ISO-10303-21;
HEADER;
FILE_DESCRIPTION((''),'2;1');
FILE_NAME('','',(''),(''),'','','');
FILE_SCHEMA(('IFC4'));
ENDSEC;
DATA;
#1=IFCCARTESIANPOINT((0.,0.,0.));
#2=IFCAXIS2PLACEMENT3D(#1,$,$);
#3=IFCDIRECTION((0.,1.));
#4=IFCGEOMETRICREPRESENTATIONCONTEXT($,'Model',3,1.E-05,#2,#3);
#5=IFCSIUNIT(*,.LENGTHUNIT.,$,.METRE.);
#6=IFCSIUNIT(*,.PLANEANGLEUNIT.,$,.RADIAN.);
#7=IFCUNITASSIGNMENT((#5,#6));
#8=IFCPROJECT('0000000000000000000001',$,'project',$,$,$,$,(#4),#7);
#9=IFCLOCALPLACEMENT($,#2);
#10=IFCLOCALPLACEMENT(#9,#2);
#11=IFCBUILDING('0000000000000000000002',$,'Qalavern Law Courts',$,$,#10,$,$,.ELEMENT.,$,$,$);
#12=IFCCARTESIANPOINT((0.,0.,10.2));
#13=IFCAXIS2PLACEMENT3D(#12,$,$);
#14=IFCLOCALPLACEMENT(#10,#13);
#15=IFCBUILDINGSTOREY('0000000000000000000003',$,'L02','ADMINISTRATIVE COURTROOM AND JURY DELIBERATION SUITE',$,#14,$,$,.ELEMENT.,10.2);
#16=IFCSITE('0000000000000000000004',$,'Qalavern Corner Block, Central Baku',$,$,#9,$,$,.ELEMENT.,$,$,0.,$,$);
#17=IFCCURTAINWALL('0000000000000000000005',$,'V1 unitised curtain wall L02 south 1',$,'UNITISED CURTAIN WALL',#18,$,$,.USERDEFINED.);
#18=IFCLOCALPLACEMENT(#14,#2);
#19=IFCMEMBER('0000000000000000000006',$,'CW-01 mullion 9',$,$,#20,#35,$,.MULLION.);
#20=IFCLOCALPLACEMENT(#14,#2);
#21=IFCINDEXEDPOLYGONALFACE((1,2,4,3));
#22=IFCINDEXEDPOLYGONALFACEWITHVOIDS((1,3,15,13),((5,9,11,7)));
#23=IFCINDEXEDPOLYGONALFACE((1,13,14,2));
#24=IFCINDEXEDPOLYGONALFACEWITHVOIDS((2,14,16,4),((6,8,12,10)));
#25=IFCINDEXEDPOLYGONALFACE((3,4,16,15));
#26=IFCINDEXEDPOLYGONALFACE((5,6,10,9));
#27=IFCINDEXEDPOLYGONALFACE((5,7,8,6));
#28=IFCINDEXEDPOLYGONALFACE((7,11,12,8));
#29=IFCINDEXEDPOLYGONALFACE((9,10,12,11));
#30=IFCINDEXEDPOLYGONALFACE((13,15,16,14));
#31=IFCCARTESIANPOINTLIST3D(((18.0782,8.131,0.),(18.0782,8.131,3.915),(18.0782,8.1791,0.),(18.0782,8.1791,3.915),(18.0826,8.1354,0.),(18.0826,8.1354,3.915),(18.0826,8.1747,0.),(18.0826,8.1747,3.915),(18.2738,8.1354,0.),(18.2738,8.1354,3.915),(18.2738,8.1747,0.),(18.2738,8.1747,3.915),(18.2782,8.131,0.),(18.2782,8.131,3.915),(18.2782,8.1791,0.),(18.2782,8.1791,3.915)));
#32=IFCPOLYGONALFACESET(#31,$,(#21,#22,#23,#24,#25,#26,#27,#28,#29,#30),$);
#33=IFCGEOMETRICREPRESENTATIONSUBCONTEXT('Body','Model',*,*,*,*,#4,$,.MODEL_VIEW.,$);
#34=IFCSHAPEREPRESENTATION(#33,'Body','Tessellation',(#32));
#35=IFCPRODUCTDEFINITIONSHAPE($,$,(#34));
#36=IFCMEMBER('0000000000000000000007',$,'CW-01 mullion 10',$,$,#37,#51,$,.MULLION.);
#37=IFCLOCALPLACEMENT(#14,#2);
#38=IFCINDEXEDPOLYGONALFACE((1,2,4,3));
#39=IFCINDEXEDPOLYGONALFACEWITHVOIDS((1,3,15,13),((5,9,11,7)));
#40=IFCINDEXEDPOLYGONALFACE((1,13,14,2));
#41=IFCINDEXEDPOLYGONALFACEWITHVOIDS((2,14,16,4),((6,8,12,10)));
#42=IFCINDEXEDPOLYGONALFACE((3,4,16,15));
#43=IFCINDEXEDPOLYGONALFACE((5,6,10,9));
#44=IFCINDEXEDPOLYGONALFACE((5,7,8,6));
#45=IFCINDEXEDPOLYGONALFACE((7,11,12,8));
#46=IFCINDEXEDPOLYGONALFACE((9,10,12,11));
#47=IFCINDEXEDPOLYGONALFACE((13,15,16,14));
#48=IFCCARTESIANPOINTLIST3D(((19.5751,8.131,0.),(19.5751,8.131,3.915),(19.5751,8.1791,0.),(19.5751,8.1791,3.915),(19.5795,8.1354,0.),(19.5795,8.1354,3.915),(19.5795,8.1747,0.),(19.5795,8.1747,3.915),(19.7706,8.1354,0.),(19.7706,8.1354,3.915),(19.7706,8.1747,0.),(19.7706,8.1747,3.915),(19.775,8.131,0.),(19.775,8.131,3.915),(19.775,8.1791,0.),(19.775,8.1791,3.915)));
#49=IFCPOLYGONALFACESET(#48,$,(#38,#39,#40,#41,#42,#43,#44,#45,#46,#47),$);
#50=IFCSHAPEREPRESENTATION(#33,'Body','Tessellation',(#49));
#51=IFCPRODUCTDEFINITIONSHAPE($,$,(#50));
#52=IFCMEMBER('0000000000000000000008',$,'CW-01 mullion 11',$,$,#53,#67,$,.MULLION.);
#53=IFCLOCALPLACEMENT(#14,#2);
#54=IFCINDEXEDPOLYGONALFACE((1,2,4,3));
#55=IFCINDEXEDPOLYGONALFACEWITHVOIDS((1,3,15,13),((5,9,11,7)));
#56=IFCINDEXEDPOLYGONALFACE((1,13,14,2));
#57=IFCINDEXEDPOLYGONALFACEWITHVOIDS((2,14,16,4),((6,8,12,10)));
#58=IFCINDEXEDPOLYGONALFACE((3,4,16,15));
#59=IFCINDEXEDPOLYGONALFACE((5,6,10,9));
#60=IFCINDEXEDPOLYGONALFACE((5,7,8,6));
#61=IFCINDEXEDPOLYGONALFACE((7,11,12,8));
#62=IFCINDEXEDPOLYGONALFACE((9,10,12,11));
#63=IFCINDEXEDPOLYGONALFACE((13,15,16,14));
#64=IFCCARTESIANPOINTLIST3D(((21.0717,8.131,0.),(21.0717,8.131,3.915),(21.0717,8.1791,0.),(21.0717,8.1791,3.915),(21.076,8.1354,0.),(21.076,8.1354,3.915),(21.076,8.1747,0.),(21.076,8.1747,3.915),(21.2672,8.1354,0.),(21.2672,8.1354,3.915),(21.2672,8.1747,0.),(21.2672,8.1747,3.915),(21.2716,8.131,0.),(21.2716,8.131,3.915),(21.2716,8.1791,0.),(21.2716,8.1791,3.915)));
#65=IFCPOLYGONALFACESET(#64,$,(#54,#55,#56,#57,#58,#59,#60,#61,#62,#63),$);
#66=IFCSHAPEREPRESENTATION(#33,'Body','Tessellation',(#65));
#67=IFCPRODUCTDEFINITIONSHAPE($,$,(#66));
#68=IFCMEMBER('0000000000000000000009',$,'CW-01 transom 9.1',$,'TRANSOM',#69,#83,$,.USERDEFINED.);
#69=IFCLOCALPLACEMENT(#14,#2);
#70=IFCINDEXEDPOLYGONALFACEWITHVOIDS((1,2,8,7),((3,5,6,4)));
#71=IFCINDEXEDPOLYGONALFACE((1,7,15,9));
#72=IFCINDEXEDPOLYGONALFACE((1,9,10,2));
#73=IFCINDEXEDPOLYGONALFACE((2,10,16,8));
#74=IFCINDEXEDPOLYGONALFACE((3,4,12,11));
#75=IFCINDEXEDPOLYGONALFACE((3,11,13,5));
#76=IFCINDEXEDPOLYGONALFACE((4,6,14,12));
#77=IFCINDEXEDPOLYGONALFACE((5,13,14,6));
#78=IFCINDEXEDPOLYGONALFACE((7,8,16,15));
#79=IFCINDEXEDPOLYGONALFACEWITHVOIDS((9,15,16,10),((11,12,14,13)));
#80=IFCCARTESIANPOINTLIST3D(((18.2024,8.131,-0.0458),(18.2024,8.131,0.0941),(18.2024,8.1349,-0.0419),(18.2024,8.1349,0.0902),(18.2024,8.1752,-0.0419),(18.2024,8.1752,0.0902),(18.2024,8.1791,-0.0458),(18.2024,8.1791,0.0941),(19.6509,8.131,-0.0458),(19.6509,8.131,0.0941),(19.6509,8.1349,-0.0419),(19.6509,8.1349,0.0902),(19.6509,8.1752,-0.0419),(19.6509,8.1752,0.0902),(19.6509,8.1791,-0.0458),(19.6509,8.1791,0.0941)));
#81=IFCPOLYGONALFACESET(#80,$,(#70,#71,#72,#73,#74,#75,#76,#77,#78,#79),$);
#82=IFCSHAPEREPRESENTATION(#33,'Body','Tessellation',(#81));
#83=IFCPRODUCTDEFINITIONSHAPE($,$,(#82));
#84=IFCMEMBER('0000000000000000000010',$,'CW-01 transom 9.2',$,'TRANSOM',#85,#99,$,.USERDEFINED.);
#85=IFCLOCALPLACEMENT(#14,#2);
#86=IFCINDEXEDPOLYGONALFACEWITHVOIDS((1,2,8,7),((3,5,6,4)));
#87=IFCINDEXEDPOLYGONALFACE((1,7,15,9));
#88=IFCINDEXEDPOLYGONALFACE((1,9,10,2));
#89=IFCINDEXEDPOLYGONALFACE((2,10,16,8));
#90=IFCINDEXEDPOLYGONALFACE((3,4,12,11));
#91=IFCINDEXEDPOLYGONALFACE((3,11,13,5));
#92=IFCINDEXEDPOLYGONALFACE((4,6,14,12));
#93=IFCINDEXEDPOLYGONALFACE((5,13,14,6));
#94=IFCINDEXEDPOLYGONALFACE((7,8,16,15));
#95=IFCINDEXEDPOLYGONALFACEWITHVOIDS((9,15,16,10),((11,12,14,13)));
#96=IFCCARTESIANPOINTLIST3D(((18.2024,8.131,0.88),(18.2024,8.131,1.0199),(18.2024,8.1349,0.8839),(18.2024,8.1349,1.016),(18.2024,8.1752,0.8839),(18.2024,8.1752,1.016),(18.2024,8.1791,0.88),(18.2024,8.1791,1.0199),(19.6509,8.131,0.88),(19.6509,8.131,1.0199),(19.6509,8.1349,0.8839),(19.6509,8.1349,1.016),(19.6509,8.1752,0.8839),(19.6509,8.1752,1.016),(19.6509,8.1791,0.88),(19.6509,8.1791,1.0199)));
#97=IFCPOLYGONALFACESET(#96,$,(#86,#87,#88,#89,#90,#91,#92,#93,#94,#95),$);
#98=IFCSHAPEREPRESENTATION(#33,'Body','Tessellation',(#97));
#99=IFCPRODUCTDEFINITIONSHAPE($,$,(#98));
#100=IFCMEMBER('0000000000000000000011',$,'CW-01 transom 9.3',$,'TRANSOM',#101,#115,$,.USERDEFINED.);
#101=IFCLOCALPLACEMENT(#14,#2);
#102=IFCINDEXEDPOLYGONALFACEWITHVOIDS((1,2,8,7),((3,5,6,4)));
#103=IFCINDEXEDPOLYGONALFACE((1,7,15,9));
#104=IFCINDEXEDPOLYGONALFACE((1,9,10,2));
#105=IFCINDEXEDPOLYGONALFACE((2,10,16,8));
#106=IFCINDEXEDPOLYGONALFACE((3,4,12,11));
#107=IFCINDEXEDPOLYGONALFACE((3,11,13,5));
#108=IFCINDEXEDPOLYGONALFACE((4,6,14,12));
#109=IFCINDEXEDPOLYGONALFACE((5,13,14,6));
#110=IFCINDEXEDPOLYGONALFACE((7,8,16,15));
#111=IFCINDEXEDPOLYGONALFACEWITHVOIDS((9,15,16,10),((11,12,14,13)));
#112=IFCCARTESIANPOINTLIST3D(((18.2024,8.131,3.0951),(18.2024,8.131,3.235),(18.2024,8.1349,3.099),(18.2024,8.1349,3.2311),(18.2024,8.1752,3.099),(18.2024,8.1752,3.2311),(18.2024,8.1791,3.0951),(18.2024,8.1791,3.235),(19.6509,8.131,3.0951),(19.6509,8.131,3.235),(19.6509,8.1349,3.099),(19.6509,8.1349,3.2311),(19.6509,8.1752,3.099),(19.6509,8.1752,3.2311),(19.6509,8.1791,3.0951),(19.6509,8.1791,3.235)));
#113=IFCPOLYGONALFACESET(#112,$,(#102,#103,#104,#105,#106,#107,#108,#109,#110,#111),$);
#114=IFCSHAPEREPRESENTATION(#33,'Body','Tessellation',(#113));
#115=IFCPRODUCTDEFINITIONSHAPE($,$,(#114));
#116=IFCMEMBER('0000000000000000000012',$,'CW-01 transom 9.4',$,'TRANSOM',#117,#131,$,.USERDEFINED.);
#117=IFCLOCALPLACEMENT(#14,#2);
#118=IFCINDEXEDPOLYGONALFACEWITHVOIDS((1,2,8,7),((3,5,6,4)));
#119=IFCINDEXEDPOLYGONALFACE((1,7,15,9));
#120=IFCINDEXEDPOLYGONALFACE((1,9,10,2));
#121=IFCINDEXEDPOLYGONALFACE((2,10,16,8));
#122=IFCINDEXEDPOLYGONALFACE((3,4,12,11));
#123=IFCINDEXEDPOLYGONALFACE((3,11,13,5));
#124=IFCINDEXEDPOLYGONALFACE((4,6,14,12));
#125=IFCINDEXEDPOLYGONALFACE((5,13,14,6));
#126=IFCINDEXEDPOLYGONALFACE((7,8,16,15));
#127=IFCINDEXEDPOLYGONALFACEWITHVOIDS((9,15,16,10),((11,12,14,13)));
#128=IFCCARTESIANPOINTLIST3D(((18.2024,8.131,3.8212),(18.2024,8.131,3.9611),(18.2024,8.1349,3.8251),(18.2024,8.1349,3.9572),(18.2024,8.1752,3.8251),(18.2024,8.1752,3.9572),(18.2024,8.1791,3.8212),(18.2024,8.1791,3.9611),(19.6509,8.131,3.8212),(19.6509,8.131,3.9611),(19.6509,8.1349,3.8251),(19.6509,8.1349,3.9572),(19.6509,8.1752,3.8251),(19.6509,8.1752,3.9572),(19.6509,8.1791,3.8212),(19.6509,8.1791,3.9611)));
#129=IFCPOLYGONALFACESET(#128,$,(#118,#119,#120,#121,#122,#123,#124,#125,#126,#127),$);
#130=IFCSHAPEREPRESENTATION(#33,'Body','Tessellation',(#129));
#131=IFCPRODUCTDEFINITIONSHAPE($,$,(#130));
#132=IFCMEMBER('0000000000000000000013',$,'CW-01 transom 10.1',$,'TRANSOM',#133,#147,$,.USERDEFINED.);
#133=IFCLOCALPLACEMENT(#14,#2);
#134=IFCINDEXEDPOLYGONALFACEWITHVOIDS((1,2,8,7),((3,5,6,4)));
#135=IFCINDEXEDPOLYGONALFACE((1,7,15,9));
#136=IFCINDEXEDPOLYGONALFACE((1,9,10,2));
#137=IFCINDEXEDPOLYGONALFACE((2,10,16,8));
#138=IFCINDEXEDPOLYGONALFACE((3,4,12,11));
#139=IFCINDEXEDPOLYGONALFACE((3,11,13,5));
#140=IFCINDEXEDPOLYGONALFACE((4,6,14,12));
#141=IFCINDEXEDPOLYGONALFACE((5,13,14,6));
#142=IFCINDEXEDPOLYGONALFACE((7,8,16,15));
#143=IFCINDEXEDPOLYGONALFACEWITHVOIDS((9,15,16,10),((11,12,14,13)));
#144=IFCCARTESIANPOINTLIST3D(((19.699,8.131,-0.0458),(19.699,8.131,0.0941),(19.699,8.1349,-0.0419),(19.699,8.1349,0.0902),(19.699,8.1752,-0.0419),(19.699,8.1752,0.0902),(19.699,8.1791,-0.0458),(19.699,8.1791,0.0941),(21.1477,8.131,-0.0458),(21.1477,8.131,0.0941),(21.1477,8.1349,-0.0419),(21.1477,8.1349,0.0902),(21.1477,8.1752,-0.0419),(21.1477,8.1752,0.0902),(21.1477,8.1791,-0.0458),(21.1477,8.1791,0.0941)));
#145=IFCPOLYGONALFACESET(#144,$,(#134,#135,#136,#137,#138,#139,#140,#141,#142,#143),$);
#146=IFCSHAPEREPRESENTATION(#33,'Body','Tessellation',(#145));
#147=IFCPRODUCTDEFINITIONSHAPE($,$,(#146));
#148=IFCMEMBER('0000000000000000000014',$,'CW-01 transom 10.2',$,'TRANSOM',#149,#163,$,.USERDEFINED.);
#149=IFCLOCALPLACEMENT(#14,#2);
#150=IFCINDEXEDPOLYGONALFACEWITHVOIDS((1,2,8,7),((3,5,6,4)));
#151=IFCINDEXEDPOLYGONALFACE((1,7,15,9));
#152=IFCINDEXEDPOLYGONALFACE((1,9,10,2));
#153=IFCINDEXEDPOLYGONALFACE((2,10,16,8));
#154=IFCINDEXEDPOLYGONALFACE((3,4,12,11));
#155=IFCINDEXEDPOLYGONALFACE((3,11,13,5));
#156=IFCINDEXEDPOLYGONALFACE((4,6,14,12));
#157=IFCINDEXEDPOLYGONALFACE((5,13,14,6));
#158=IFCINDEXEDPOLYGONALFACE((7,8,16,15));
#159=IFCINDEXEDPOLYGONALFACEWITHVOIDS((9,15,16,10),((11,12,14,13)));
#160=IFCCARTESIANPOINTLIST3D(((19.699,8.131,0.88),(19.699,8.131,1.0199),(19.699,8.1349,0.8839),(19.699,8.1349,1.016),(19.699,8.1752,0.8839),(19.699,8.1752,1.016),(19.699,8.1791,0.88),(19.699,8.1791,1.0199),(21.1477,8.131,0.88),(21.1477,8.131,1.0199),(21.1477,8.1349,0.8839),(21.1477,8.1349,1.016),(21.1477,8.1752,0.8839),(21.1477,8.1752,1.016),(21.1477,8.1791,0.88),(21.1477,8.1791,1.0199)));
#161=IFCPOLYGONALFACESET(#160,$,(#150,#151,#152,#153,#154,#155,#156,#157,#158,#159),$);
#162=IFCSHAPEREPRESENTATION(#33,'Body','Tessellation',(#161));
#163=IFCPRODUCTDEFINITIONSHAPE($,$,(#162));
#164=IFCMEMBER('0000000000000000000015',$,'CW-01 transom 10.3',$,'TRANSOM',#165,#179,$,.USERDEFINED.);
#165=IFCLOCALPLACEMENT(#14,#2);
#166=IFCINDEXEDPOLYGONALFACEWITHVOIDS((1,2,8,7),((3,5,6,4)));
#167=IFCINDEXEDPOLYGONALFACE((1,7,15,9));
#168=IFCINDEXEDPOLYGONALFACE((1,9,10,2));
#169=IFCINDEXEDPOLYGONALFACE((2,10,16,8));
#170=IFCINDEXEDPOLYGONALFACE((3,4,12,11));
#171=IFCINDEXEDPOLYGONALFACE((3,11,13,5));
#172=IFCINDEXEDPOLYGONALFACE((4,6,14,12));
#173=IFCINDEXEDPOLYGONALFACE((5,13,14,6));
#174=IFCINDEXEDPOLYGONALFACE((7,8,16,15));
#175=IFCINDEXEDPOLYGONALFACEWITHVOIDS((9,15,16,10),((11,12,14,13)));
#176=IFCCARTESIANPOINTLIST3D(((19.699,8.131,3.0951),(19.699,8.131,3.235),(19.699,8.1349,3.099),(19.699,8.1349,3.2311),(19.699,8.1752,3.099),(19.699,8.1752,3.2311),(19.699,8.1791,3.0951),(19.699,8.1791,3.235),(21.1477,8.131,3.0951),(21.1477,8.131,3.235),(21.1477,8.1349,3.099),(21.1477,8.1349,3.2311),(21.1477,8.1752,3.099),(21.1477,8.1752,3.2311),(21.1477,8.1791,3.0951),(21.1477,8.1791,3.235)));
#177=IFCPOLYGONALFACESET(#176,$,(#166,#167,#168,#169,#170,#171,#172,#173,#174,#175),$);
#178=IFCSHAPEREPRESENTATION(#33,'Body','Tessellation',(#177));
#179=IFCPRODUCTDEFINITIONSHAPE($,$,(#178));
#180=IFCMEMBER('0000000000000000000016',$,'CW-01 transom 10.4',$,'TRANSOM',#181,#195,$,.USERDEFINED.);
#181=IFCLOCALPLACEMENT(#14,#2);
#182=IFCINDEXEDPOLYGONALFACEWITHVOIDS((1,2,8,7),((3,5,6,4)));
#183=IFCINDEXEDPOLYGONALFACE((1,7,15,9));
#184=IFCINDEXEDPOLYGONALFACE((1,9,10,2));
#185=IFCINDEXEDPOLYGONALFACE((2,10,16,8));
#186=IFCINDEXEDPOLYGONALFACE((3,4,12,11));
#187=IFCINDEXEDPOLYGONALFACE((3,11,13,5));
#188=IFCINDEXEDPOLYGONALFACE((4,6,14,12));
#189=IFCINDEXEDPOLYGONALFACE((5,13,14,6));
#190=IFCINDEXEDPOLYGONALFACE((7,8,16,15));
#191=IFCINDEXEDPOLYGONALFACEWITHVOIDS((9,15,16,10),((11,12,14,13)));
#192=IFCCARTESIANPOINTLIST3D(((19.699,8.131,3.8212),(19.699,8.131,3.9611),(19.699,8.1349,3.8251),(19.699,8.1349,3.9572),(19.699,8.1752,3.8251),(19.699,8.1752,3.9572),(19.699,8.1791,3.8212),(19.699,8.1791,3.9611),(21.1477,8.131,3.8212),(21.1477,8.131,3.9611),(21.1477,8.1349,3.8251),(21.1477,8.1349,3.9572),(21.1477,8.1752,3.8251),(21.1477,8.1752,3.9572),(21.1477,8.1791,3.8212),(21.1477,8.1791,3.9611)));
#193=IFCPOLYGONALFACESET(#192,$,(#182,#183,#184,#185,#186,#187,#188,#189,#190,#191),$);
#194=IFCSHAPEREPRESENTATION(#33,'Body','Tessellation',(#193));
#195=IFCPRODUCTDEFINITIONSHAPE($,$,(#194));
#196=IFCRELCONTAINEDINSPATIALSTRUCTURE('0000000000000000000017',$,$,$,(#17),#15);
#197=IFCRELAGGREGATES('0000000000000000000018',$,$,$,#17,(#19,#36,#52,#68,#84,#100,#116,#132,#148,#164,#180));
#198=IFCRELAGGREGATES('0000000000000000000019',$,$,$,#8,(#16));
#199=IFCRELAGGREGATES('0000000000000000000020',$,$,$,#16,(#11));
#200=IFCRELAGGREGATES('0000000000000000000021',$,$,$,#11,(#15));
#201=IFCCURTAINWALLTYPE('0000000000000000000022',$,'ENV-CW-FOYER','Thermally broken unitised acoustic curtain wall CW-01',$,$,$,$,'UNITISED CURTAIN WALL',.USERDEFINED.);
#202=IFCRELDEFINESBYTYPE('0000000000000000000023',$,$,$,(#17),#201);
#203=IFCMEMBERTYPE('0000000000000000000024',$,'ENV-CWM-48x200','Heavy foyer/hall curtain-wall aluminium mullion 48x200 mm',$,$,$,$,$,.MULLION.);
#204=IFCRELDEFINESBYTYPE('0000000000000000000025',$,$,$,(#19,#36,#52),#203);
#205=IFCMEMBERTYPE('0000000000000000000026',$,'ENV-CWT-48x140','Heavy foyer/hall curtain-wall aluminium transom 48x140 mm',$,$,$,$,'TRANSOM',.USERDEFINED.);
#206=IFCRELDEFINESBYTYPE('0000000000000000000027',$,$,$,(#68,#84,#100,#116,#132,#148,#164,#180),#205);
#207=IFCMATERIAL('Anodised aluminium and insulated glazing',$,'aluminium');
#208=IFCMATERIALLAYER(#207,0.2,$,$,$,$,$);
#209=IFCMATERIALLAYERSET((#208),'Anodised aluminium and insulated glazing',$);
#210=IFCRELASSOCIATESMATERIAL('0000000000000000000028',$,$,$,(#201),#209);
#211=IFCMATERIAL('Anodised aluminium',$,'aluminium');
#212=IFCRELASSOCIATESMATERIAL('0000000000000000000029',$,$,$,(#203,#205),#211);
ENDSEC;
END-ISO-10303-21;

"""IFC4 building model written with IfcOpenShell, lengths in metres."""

from ifc_helpers import new_model, si_unit, direction, frame, origin, origin_2d, place, context, subcontext, project, spatial, hollow_rectangle, extrude, material, layer, layer_set, material_profile, profile_set, type_object, element, aggregate, save


model = new_model("IFC4")

# Units and contexts
model_context = context("Model", 3, precision=1e-05, world=origin(), true_north=direction((0.0, 1.0)))
body_context = subcontext(model_context, "Body", "Model", "MODEL_VIEW")
ifc_project = project(units=[si_unit("LENGTHUNIT", "METRE"), si_unit("PLANEANGLEUNIT", "RADIAN")], contexts=[model_context])

# Site, building, storey
site_placement = place(None, origin())
site = spatial("IfcSite", under=ifc_project, at=site_placement, Name="Qalavern Corner Block, Central Baku", CompositionType="ELEMENT", RefElevation=0.0)
building_placement = place(site_placement, origin())
building = spatial("IfcBuilding", under=site, at=building_placement, Name="Qalavern Law Courts", CompositionType="ELEMENT")
storey_placement = place(building_placement, frame((0.0, 0.0, 10.2)))
storey = spatial("IfcBuildingStorey", under=building, at=storey_placement, Name="L02", Description="ADMINISTRATIVE COURTROOM AND JURY DELIBERATION SUITE", CompositionType="ELEMENT", Elevation=10.2)

# Curtain wall, members
ifc_material_1 = material(Name="Anodised aluminium and insulated glazing", Category="aluminium")
ifc_layer_1 = layer(ifc_material_1, 0.2)
ifc_layer_set_1 = layer_set([ifc_layer_1], Name="Anodised aluminium and insulated glazing")
curtain_wall_type = type_object("IfcCurtainWallType", Name="ENV-CW-FOYER", Description="Thermally broken unitised acoustic curtain wall CW-01", ElementType="UNITISED CURTAIN WALL", PredefinedType="USERDEFINED", material=ifc_layer_set_1)
curtain_wall_placement = place(storey_placement, origin())
curtain_wall = element("IfcCurtainWall", 1, at=curtain_wall_placement, inside=storey, type_object=curtain_wall_type, Name="V1 unitised curtain wall L02 south 1", ObjectType="UNITISED CURTAIN WALL", PredefinedType="USERDEFINED")
ifc_material_2 = material(Name="Anodised aluminium", Category="aluminium")
ifc_material_profile_1 = material_profile(ifc_material_2, hollow_rectangle(XDim=0.0481, YDim=0.2, WallThickness=0.0044, at=origin_2d()), Name="ALU MULLION 48x200")
ifc_profile_set_1 = profile_set([ifc_material_profile_1], Name="Anodised aluminium")
member_type_1 = type_object("IfcMemberType", Name="ENV-CWM-48x200", Description="Heavy foyer/hall curtain-wall aluminium mullion 48x200 mm", PredefinedType="MULLION", material=ifc_profile_set_1)
member_1_placement = place(storey_placement, frame((18.1782, 8.155, 0.0), z_axis=(0.0, 0.0, 1.0), x_axis=(0.0, 1.0, 0.0)))
member_1 = element("IfcMember", 2, at=member_1_placement, type_object=member_type_1, Name="CW-01 mullion 9", PredefinedType="MULLION", context=body_context, shape_type="SweptSolid", body=[
    extrude(hollow_rectangle(XDim=0.0481, YDim=0.2, WallThickness=0.0044, at=origin_2d()), origin(), (0.0, 0.0, 1.0), 3.915),
])
member_2_placement = place(storey_placement, frame((19.675, 8.155, 0.0), z_axis=(0.0, 0.0, 1.0), x_axis=(0.0, 1.0, 0.0)))
member_2 = element("IfcMember", 3, at=member_2_placement, type_object=member_type_1, Name="CW-01 mullion 10", PredefinedType="MULLION", context=body_context, shape_type="SweptSolid", body=[
    extrude(hollow_rectangle(XDim=0.0481, YDim=0.2, WallThickness=0.0044, at=origin_2d()), origin(), (0.0, 0.0, 1.0), 3.915),
])
member_3_placement = place(storey_placement, frame((21.1716, 8.155, 0.0), z_axis=(0.0, 0.0, 1.0), x_axis=(0.0, 1.0, 0.0)))
member_3 = element("IfcMember", 4, at=member_3_placement, type_object=member_type_1, Name="CW-01 mullion 11", PredefinedType="MULLION", context=body_context, shape_type="SweptSolid", body=[
    extrude(hollow_rectangle(XDim=0.0481, YDim=0.2, WallThickness=0.0044, at=origin_2d()), origin(), (0.0, 0.0, 1.0), 3.915),
])
ifc_material_profile_2 = material_profile(ifc_material_2, hollow_rectangle(XDim=0.0481, YDim=0.1399, WallThickness=0.0039, at=origin_2d()), Name="ALU TRANSOM 48x140")
ifc_profile_set_2 = profile_set([ifc_material_profile_2], Name="Anodised aluminium")
member_type_2 = type_object("IfcMemberType", Name="ENV-CWT-48x140", Description="Heavy foyer/hall curtain-wall aluminium transom 48x140 mm", ElementType="TRANSOM", PredefinedType="USERDEFINED", material=ifc_profile_set_2)
member_4_placement = place(storey_placement, frame((18.2024, 8.155, 0.0242), z_axis=(1.0, 0.0, 0.0), x_axis=(0.0, 1.0, 0.0)))
member_4 = element("IfcMember", 5, at=member_4_placement, type_object=member_type_2, Name="CW-01 transom 9.1", ObjectType="TRANSOM", PredefinedType="USERDEFINED", context=body_context, shape_type="SweptSolid", body=[
    extrude(hollow_rectangle(XDim=0.0481, YDim=0.1399, WallThickness=0.0039, at=origin_2d()), origin(), (0.0, 0.0, 1.0), 1.4485),
])
member_5_placement = place(storey_placement, frame((18.2024, 8.155, 0.95), z_axis=(1.0, 0.0, 0.0), x_axis=(0.0, 1.0, 0.0)))
member_5 = element("IfcMember", 6, at=member_5_placement, type_object=member_type_2, Name="CW-01 transom 9.2", ObjectType="TRANSOM", PredefinedType="USERDEFINED", context=body_context, shape_type="SweptSolid", body=[
    extrude(hollow_rectangle(XDim=0.0481, YDim=0.1399, WallThickness=0.0039, at=origin_2d()), origin(), (0.0, 0.0, 1.0), 1.4485),
])
member_6_placement = place(storey_placement, frame((18.2024, 8.155, 3.165), z_axis=(1.0, 0.0, 0.0), x_axis=(0.0, 1.0, 0.0)))
member_6 = element("IfcMember", 7, at=member_6_placement, type_object=member_type_2, Name="CW-01 transom 9.3", ObjectType="TRANSOM", PredefinedType="USERDEFINED", context=body_context, shape_type="SweptSolid", body=[
    extrude(hollow_rectangle(XDim=0.0481, YDim=0.1399, WallThickness=0.0039, at=origin_2d()), origin(), (0.0, 0.0, 1.0), 1.4485),
])
member_7_placement = place(storey_placement, frame((18.2024, 8.155, 3.8911), z_axis=(1.0, 0.0, 0.0), x_axis=(0.0, 1.0, 0.0)))
member_7 = element("IfcMember", 8, at=member_7_placement, type_object=member_type_2, Name="CW-01 transom 9.4", ObjectType="TRANSOM", PredefinedType="USERDEFINED", context=body_context, shape_type="SweptSolid", body=[
    extrude(hollow_rectangle(XDim=0.0481, YDim=0.1399, WallThickness=0.0039, at=origin_2d()), origin(), (0.0, 0.0, 1.0), 1.4485),
])
member_8_placement = place(storey_placement, frame((19.699, 8.155, 0.0242), z_axis=(1.0, 0.0, 0.0), x_axis=(0.0, 1.0, 0.0)))
member_8 = element("IfcMember", 9, at=member_8_placement, type_object=member_type_2, Name="CW-01 transom 10.1", ObjectType="TRANSOM", PredefinedType="USERDEFINED", context=body_context, shape_type="SweptSolid", body=[
    extrude(hollow_rectangle(XDim=0.0481, YDim=0.1399, WallThickness=0.0039, at=origin_2d()), origin(), (0.0, 0.0, 1.0), 1.4487),
])
member_9_placement = place(storey_placement, frame((19.699, 8.155, 0.95), z_axis=(1.0, 0.0, 0.0), x_axis=(0.0, 1.0, 0.0)))
member_9 = element("IfcMember", 10, at=member_9_placement, type_object=member_type_2, Name="CW-01 transom 10.2", ObjectType="TRANSOM", PredefinedType="USERDEFINED", context=body_context, shape_type="SweptSolid", body=[
    extrude(hollow_rectangle(XDim=0.0481, YDim=0.1399, WallThickness=0.0039, at=origin_2d()), origin(), (0.0, 0.0, 1.0), 1.4487),
])
member_10_placement = place(storey_placement, frame((19.699, 8.155, 3.165), z_axis=(1.0, 0.0, 0.0), x_axis=(0.0, 1.0, 0.0)))
member_10 = element("IfcMember", 11, at=member_10_placement, type_object=member_type_2, Name="CW-01 transom 10.3", ObjectType="TRANSOM", PredefinedType="USERDEFINED", context=body_context, shape_type="SweptSolid", body=[
    extrude(hollow_rectangle(XDim=0.0481, YDim=0.1399, WallThickness=0.0039, at=origin_2d()), origin(), (0.0, 0.0, 1.0), 1.4487),
])
member_11_placement = place(storey_placement, frame((19.699, 8.155, 3.8911), z_axis=(1.0, 0.0, 0.0), x_axis=(0.0, 1.0, 0.0)))
member_11 = element("IfcMember", 12, at=member_11_placement, type_object=member_type_2, Name="CW-01 transom 10.4", ObjectType="TRANSOM", PredefinedType="USERDEFINED", context=body_context, shape_type="SweptSolid", body=[
    extrude(hollow_rectangle(XDim=0.0481, YDim=0.1399, WallThickness=0.0039, at=origin_2d()), origin(), (0.0, 0.0, 1.0), 1.4487),
])

aggregate(curtain_wall, [member_1, member_2, member_3, member_4, member_5, member_6, member_7, member_8, member_9, member_10, member_11])

save(model, "model.ifc")
